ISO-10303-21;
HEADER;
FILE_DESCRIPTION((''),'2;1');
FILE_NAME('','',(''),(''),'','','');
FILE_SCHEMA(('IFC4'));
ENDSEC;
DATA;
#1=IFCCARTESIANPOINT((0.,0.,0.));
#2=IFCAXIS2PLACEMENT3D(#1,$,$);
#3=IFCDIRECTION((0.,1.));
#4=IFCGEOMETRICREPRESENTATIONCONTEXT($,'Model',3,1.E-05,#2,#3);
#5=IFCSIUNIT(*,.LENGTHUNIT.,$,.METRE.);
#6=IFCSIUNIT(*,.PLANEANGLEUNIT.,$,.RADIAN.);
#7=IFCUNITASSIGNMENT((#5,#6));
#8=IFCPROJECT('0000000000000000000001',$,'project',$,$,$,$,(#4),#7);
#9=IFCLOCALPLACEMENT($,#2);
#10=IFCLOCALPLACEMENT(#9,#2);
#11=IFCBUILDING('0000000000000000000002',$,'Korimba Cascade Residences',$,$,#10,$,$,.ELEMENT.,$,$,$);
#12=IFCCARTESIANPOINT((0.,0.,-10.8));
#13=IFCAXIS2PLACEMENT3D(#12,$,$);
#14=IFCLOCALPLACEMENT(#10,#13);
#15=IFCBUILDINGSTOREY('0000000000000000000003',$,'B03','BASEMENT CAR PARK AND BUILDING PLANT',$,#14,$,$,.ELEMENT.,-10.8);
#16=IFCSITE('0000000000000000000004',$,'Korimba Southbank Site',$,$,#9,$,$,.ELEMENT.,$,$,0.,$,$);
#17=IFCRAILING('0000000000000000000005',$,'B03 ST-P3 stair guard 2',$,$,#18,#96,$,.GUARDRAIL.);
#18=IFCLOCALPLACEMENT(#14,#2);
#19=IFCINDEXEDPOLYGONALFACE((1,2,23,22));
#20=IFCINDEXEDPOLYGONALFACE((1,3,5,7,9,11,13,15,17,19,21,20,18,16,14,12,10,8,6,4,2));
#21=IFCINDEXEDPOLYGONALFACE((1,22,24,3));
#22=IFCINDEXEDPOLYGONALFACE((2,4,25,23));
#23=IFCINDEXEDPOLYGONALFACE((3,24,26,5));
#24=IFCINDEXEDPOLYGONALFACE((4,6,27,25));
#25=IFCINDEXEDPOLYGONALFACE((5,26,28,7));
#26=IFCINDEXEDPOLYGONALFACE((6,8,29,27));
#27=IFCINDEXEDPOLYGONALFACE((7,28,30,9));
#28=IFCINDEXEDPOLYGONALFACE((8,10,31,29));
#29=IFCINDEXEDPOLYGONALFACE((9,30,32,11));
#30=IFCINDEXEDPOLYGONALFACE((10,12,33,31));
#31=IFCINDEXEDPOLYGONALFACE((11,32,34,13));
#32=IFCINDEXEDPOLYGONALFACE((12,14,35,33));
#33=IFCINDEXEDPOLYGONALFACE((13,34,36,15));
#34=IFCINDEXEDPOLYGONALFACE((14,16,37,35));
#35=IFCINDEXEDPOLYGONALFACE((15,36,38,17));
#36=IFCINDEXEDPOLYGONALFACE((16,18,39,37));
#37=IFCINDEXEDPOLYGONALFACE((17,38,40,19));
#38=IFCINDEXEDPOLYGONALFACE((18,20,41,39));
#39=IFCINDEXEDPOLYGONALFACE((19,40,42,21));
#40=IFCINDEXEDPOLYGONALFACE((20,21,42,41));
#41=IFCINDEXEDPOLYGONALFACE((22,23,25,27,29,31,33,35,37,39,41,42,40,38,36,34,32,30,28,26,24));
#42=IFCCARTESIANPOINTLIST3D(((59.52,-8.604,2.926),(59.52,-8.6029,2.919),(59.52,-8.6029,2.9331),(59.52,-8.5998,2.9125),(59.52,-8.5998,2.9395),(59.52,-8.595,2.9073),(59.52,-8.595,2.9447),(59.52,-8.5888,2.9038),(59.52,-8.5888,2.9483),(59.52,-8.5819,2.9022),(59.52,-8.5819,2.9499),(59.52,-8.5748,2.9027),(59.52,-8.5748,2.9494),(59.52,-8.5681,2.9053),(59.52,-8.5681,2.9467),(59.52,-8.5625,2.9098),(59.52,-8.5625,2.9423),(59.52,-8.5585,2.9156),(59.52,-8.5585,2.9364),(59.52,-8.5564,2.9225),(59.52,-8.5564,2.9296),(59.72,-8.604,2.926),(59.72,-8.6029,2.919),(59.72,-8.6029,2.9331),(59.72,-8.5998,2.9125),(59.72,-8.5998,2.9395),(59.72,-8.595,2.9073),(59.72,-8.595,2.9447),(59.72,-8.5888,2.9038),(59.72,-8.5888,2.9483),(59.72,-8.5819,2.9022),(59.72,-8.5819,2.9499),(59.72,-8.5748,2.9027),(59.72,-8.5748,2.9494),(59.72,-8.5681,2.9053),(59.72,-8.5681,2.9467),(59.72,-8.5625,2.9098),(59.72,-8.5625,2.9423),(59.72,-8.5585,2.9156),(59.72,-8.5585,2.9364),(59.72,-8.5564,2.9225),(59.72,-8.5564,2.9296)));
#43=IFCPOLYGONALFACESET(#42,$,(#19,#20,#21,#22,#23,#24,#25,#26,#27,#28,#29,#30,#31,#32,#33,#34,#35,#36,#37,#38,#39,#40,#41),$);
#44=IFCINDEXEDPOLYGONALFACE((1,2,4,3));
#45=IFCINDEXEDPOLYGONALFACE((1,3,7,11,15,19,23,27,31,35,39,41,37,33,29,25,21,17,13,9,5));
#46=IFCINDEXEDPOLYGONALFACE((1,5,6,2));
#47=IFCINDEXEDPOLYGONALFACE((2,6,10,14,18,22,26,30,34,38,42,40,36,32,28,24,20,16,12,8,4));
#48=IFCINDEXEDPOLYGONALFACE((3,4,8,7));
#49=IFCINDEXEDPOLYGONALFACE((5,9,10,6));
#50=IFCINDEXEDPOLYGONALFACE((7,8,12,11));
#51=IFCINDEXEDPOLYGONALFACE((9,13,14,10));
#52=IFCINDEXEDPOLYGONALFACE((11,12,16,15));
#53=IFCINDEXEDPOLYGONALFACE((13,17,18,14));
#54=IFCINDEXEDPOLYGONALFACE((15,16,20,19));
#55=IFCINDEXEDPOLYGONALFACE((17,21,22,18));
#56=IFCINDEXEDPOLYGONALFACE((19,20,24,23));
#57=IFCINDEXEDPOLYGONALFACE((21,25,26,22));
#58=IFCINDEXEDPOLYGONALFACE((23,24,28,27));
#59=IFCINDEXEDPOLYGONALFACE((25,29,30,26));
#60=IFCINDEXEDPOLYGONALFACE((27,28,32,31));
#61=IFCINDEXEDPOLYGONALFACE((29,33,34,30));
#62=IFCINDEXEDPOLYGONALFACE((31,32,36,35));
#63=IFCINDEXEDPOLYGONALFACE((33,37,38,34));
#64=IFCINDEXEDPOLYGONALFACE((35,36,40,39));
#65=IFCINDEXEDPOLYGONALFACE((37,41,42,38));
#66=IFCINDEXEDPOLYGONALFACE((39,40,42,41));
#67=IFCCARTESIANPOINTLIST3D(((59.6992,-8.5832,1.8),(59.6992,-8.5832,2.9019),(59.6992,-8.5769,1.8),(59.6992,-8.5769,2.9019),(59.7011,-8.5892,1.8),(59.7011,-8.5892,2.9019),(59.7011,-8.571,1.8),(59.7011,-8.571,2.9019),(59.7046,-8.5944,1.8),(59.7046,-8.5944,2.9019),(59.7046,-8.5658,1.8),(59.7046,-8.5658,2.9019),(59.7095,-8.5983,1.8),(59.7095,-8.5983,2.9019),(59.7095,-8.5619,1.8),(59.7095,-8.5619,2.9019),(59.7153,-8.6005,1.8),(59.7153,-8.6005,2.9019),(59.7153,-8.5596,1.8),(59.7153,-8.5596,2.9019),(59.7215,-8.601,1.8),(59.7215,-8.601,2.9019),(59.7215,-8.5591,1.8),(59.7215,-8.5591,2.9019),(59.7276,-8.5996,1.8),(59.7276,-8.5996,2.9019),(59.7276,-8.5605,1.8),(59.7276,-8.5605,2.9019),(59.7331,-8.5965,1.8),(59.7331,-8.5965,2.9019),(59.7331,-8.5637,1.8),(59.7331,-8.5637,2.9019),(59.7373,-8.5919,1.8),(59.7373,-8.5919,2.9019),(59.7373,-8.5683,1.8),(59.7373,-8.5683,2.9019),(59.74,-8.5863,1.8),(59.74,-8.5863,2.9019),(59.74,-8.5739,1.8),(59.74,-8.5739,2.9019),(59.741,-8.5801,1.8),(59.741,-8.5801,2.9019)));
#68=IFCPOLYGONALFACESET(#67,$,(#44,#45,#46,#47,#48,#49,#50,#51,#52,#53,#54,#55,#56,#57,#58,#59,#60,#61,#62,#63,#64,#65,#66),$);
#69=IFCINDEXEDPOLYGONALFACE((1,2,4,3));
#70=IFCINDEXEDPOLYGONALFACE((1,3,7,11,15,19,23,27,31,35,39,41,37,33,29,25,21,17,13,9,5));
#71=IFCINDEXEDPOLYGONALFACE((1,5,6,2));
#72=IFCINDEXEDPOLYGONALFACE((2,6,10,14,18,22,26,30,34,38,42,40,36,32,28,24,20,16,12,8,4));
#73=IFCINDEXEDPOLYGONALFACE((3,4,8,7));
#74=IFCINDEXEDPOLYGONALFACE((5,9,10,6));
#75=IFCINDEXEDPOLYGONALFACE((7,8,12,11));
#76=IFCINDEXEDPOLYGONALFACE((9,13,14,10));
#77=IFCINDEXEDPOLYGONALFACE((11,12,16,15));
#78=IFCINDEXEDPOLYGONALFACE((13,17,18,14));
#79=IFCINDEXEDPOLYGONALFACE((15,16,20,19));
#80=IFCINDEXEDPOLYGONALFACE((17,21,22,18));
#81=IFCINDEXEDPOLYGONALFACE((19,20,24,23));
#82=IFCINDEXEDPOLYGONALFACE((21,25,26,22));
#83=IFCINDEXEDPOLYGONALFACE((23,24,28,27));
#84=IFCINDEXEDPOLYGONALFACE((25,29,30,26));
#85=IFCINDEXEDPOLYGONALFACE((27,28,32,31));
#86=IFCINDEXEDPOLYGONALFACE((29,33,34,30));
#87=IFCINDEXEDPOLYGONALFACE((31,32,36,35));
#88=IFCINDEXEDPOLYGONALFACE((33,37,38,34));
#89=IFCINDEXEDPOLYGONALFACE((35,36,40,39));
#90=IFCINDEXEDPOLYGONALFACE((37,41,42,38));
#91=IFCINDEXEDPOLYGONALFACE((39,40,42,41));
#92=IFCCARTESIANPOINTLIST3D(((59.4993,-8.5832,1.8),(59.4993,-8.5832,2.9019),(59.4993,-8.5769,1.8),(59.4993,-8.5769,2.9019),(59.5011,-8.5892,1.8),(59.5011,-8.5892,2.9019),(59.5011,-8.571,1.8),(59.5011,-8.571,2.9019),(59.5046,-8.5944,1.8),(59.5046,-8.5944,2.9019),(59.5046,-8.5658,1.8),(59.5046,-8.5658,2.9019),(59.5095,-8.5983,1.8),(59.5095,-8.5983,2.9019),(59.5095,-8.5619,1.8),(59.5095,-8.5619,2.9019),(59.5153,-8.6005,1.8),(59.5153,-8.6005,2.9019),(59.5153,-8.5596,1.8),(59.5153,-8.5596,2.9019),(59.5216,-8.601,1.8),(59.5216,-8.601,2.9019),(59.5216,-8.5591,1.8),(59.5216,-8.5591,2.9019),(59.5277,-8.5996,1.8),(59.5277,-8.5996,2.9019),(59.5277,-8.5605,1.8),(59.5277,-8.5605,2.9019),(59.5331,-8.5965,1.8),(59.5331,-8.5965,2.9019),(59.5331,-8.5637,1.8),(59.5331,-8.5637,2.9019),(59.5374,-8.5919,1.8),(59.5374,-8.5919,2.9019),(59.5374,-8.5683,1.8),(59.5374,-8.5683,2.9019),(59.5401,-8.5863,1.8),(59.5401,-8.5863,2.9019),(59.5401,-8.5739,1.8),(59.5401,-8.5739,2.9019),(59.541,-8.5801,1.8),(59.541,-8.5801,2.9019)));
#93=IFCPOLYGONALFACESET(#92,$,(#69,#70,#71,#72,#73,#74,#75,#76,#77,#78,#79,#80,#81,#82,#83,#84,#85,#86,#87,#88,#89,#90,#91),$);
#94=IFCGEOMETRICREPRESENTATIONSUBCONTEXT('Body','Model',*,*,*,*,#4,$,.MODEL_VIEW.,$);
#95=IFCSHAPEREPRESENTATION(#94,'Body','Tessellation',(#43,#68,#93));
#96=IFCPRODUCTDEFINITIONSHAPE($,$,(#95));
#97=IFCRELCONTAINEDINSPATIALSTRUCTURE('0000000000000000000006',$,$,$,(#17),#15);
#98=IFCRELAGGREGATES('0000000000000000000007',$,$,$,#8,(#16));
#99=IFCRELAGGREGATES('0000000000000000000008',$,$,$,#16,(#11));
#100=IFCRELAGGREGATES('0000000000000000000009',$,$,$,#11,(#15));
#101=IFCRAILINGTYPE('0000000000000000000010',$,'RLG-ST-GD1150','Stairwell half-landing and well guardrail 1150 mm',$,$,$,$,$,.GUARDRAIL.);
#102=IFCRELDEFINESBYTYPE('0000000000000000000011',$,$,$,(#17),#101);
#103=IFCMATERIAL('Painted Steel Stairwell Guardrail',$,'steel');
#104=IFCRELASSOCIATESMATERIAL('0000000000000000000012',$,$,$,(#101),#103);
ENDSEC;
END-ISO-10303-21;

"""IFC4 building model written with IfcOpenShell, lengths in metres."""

from ifc_helpers import new_model, si_unit, direction, frame, origin, origin_2d, place, context, subcontext, project, spatial, circle, extrude, material, type_object, element, save


model = new_model("IFC4")

# Units and contexts
model_context = context("Model", 3, precision=1e-05, world=origin(), true_north=direction((0.0, 1.0)))
body_context = subcontext(model_context, "Body", "Model", "MODEL_VIEW")
ifc_project = project(units=[si_unit("LENGTHUNIT", "METRE"), si_unit("PLANEANGLEUNIT", "RADIAN")], contexts=[model_context])

# Site, building, storey
site_placement = place(None, origin())
site = spatial("IfcSite", under=ifc_project, at=site_placement, Name="Korimba Southbank Site", CompositionType="ELEMENT", RefElevation=0.0)
building_placement = place(site_placement, origin())
building = spatial("IfcBuilding", under=site, at=building_placement, Name="Korimba Cascade Residences", CompositionType="ELEMENT")
storey_placement = place(building_placement, frame((0.0, 0.0, -10.8)))
storey = spatial("IfcBuildingStorey", under=building, at=storey_placement, Name="B03", Description="BASEMENT CAR PARK AND BUILDING PLANT", CompositionType="ELEMENT", Elevation=-10.8)

# Railing
ifc_material_1 = material(Name="Painted Steel Stairwell Guardrail", Category="steel")
railing_type_1 = type_object("IfcRailingType", Name="RLG-ST-GD1150", Description="Stairwell half-landing and well guardrail 1150 mm", PredefinedType="GUARDRAIL", material=ifc_material_1)
railing_1_placement = place(storey_placement, frame((59.72, -8.5801, 1.8)))
element("IfcRailing", 1, at=railing_1_placement, inside=storey, type_object=railing_type_1, Name="B03 ST-P3 stair guard 2", PredefinedType="GUARDRAIL", context=body_context, shape_type="SweptSolid", body=[
    extrude(circle(Radius=0.0239, at=origin_2d()), frame((0.0, 0.0, 1.126), z_axis=(-1.0, 0.0, 0.0), x_axis=(0.0, -1.0, 0.0)), (0.0, 0.0, 1.0), 0.2),
    extrude(circle(Radius=0.021, at=origin_2d()), origin(), (0.0, 0.0, 1.0), 1.1018),
    extrude(circle(Radius=0.021, at=origin_2d()), frame((-0.2, 0.0, 0.0)), (0.0, 0.0, 1.0), 1.1018),
])

save(model, "model.ifc")
